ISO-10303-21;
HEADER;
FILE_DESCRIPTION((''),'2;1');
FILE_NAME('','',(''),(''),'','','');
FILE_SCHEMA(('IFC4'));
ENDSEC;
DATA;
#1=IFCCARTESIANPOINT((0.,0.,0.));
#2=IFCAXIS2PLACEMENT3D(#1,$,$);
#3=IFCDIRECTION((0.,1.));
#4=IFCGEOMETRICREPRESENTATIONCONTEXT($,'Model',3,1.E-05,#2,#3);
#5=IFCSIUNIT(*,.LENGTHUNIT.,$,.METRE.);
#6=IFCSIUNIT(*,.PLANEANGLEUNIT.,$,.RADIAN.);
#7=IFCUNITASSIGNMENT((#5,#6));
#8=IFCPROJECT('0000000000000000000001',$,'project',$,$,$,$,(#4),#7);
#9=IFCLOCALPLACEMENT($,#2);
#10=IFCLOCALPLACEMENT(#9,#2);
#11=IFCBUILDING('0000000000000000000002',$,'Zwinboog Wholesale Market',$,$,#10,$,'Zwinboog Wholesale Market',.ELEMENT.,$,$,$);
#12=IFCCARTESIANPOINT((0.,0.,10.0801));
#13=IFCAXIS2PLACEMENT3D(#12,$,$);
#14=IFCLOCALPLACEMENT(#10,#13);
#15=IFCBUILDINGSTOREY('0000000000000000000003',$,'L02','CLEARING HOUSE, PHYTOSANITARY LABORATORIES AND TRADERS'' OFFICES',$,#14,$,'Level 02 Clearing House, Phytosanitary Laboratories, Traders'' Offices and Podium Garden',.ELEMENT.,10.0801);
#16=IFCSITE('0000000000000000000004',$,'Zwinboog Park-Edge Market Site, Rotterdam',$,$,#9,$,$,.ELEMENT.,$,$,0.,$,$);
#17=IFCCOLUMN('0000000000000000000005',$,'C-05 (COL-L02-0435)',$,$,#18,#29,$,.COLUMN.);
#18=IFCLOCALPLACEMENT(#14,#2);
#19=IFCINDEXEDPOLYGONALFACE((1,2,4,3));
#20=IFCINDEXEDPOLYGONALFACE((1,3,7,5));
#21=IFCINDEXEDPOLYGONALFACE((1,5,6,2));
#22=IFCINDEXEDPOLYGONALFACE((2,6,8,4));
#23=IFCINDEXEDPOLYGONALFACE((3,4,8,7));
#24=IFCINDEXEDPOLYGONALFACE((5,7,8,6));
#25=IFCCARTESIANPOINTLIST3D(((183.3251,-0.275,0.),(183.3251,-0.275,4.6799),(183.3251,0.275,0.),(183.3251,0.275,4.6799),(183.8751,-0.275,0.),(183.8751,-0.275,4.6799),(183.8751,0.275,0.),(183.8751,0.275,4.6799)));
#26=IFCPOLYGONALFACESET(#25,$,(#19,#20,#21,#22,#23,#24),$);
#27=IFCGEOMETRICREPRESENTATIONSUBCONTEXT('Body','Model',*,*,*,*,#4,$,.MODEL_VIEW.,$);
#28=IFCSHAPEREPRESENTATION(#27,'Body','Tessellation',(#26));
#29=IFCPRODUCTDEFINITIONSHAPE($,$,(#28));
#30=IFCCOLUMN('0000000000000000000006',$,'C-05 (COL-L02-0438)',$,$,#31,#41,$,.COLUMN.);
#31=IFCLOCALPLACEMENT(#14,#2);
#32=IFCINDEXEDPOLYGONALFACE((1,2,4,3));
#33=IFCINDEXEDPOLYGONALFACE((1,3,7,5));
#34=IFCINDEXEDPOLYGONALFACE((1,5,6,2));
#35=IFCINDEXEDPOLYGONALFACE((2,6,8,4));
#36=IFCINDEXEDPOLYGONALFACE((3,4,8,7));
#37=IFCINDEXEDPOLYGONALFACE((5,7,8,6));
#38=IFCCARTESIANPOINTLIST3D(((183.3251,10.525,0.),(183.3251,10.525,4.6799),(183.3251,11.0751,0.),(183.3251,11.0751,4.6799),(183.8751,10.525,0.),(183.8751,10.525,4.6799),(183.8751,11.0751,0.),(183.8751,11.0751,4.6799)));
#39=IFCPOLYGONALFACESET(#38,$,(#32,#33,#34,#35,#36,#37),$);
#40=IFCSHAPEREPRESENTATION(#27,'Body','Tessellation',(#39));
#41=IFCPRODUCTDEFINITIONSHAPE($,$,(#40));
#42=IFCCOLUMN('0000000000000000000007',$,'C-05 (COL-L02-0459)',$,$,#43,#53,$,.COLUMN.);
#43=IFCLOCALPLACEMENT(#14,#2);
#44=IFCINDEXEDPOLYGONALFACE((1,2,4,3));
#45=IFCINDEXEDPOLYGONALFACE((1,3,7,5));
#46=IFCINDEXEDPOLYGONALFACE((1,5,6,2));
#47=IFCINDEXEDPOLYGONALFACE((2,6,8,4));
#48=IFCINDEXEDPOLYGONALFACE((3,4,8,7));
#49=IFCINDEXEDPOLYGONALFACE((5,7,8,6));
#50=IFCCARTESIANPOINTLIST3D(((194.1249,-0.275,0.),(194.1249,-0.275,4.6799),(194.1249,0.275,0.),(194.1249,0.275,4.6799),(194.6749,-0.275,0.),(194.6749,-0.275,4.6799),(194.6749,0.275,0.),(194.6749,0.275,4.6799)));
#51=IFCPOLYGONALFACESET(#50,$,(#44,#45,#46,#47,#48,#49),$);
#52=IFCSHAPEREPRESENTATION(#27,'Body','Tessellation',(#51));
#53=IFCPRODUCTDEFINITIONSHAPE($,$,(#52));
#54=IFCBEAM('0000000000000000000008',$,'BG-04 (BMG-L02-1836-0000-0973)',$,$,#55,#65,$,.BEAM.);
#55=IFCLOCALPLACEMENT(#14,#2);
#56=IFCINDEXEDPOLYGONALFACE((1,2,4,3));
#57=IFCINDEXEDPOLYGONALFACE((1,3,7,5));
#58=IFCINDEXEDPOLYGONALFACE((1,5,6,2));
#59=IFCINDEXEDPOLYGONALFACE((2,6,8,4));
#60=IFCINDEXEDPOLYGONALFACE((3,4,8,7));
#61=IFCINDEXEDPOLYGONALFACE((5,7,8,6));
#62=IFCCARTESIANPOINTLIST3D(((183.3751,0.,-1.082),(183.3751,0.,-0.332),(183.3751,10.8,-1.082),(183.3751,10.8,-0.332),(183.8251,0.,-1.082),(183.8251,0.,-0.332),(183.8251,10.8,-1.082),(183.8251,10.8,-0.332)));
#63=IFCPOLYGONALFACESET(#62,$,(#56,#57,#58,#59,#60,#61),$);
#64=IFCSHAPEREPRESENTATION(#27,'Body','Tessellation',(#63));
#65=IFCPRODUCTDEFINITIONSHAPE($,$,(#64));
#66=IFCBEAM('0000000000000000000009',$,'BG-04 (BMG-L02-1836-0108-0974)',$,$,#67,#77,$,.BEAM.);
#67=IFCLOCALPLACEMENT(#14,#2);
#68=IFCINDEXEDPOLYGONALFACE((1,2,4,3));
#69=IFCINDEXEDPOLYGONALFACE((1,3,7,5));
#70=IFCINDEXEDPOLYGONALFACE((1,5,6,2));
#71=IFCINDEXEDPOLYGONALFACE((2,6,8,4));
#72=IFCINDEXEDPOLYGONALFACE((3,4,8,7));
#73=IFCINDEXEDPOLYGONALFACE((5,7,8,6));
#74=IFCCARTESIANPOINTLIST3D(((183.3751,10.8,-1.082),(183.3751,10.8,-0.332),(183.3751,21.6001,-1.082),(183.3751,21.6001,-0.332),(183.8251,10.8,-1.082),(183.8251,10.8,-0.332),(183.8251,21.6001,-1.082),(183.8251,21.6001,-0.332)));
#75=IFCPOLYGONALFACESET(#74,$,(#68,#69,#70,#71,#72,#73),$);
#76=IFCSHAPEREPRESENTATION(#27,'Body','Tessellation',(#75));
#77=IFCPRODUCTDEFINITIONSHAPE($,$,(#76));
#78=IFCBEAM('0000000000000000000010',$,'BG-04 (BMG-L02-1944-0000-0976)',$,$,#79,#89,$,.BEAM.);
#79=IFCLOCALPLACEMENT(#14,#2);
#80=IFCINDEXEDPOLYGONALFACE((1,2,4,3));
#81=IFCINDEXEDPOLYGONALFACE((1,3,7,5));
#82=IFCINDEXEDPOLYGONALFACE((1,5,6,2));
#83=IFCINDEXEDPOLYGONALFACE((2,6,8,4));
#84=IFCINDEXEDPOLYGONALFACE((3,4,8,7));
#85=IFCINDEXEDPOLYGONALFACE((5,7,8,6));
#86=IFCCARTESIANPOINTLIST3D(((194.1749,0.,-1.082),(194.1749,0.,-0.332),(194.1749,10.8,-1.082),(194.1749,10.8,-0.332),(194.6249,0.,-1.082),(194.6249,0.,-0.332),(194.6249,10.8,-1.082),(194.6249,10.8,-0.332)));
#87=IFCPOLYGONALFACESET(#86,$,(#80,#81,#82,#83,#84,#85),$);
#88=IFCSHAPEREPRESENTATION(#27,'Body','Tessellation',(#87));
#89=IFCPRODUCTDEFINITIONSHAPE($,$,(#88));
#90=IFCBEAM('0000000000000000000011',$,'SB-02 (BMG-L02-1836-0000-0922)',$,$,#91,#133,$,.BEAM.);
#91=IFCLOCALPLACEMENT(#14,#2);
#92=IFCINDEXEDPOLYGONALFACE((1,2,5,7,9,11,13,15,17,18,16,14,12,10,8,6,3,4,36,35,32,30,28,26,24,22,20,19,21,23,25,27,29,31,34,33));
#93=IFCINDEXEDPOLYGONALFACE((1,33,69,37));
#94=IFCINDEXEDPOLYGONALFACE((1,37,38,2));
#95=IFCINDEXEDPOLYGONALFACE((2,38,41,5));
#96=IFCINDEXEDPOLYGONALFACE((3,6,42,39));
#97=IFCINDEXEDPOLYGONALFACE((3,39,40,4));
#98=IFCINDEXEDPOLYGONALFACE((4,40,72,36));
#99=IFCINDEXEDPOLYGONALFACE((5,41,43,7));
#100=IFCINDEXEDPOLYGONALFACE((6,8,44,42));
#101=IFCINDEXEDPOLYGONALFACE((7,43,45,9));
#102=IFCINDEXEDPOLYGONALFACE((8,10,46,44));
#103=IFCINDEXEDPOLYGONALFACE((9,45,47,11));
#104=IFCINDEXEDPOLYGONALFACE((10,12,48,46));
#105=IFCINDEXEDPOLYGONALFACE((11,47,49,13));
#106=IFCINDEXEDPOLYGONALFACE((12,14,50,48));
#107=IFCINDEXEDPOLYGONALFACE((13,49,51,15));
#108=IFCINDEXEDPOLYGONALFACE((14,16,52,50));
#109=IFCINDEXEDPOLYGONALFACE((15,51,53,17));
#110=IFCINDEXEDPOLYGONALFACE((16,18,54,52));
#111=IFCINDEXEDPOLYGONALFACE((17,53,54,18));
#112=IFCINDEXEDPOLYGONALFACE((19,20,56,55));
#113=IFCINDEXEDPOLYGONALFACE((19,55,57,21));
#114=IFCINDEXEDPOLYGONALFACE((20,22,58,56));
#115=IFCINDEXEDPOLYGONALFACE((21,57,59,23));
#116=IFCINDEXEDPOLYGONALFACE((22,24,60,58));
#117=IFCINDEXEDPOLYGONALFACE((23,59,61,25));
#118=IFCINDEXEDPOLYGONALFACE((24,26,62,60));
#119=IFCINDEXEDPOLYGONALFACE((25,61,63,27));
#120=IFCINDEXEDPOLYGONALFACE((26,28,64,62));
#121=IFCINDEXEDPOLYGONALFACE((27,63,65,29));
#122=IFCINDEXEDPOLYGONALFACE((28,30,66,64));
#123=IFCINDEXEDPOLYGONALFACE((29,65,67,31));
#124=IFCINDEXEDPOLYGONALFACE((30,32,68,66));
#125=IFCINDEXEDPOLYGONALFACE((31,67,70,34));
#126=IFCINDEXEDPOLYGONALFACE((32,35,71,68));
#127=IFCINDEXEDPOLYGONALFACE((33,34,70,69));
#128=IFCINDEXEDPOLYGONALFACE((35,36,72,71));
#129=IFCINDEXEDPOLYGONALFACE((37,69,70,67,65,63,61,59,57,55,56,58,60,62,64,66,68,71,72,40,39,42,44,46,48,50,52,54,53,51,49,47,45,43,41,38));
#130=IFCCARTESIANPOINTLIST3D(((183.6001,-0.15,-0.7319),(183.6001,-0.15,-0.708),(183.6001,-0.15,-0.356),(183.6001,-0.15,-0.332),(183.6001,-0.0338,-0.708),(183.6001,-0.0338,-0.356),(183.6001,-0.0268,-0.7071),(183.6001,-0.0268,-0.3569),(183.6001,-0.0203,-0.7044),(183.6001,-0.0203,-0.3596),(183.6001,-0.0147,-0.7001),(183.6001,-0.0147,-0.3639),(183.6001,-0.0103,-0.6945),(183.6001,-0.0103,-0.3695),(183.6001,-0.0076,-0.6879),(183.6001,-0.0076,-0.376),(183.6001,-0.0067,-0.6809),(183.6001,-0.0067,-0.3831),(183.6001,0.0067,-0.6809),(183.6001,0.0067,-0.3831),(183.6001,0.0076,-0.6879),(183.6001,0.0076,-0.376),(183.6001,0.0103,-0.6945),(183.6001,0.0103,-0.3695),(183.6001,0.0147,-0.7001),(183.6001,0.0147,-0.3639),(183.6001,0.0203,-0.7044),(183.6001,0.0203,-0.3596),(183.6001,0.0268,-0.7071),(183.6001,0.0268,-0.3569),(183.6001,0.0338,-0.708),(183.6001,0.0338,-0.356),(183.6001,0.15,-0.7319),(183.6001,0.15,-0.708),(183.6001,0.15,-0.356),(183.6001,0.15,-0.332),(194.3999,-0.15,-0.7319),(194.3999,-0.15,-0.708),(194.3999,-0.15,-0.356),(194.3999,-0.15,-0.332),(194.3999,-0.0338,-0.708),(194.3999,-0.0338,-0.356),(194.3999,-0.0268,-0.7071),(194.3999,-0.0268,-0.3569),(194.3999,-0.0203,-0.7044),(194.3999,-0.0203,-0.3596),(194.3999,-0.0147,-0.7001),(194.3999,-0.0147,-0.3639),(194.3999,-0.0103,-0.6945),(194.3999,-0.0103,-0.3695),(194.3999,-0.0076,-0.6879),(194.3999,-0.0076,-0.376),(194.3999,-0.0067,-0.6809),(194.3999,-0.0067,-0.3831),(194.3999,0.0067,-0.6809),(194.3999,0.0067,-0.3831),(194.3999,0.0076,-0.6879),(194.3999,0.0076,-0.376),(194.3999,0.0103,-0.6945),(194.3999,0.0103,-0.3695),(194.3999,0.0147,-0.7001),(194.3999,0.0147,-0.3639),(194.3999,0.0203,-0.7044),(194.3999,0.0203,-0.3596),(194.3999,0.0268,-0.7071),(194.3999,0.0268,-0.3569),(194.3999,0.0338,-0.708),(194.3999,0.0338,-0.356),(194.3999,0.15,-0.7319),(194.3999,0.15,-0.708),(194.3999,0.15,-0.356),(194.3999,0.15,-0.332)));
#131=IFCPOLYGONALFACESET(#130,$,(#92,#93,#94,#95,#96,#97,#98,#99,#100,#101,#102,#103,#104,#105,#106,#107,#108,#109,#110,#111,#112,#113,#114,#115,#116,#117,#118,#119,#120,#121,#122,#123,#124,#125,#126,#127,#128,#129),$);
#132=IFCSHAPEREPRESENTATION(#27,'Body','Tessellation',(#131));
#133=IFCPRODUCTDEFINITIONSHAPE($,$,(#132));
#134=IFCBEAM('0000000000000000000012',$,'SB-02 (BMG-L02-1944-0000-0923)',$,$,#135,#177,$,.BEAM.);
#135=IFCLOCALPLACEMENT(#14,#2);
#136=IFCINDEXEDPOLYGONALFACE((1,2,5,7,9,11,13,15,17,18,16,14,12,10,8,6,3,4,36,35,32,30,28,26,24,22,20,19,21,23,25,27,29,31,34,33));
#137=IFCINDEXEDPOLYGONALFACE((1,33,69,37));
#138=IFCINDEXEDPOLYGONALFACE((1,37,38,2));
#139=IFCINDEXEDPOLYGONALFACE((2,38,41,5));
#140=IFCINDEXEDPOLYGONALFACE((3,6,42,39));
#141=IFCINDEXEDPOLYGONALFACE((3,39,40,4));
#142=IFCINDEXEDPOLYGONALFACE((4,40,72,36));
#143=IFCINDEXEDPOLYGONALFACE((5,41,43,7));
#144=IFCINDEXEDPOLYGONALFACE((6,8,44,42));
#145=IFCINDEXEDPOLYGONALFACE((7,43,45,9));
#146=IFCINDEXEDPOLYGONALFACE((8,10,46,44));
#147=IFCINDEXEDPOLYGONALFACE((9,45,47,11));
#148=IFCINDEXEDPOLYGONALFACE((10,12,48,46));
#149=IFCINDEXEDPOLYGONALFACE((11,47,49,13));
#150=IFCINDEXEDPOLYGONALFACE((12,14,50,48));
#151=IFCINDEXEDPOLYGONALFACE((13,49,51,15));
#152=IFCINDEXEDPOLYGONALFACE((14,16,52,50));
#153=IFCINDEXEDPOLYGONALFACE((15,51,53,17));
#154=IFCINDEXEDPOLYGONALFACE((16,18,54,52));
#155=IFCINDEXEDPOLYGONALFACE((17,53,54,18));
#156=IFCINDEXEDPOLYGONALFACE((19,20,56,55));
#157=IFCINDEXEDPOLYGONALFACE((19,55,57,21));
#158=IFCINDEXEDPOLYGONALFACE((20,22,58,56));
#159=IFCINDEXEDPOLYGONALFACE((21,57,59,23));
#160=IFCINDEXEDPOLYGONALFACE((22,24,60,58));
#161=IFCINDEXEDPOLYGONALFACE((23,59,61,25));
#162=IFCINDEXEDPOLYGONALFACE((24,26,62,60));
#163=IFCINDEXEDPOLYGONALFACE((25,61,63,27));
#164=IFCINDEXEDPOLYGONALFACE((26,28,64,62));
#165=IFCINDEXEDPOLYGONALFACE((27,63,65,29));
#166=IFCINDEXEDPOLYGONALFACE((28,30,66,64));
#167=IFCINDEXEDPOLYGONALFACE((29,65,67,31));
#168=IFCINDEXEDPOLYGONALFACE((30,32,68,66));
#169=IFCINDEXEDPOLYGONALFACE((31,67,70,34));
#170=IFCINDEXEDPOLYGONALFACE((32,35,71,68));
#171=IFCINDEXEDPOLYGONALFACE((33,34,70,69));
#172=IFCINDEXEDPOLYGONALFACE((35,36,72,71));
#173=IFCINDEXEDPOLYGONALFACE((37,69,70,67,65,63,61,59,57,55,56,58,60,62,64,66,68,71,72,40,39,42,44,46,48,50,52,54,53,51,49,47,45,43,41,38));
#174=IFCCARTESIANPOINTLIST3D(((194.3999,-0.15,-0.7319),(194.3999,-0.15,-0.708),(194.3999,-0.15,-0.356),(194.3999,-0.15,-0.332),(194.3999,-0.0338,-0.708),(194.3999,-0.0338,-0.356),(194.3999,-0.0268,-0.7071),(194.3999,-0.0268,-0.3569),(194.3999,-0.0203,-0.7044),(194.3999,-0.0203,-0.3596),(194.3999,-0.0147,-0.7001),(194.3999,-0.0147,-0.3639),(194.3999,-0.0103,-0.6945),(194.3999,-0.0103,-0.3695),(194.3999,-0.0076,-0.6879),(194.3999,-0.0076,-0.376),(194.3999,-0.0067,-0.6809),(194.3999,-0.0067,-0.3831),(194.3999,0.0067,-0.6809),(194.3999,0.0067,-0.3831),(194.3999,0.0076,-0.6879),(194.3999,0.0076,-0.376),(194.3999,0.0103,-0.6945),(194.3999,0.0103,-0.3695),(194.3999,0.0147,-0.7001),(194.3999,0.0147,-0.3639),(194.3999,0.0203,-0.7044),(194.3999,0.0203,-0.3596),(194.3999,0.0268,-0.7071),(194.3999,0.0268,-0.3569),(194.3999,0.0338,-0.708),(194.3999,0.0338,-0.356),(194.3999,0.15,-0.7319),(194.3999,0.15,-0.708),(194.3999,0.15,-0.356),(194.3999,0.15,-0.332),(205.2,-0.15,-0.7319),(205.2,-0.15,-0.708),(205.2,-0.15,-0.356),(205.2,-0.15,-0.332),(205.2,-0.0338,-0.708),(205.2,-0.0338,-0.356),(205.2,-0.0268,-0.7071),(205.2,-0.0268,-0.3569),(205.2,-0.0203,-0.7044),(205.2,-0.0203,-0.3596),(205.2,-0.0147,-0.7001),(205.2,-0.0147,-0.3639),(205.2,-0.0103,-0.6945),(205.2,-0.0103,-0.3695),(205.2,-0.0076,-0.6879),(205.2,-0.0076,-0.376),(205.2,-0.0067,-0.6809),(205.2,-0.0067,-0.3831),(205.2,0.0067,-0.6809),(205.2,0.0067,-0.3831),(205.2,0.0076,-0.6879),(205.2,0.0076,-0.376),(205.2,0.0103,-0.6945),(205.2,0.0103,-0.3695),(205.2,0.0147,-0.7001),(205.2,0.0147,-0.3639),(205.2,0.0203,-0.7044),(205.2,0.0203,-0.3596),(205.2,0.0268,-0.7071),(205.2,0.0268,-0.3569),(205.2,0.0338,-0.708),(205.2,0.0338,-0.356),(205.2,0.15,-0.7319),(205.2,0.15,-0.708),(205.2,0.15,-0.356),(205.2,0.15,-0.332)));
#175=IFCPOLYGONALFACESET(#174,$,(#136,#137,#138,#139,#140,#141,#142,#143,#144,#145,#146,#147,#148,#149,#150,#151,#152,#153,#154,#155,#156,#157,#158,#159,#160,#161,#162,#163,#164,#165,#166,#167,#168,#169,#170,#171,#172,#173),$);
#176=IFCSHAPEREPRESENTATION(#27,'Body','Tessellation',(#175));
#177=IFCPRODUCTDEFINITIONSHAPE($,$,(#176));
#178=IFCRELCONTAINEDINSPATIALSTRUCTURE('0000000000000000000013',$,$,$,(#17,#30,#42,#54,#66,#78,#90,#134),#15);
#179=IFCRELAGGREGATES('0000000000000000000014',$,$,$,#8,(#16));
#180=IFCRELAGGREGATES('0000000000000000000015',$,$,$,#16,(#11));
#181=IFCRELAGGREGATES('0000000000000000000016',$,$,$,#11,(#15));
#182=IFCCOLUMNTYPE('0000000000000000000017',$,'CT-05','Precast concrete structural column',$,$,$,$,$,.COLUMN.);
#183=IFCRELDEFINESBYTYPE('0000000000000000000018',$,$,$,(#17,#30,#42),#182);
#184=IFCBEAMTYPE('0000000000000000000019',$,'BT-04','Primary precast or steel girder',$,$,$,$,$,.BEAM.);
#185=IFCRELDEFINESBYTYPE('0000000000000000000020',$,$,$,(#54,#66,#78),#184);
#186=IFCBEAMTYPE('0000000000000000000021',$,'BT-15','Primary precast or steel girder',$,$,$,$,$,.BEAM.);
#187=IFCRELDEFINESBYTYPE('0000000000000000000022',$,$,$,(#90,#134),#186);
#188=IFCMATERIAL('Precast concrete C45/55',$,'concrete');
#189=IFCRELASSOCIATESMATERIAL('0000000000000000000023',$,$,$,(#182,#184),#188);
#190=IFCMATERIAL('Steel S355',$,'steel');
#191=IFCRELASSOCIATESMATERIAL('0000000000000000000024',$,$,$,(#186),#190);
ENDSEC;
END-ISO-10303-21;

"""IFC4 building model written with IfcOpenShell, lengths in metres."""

from ifc_helpers import new_model, si_unit, direction, frame, origin, origin_2d, place, context, subcontext, project, spatial, rectangle, i_section, extrude, material, material_profile, profile_set, type_object, element, save


model = new_model("IFC4")

# Units and contexts
model_context = context("Model", 3, precision=1e-05, world=origin(), true_north=direction((0.0, 1.0)))
body_context = subcontext(model_context, "Body", "Model", "MODEL_VIEW")
ifc_project = project(units=[si_unit("LENGTHUNIT", "METRE"), si_unit("PLANEANGLEUNIT", "RADIAN")], contexts=[model_context])

# Site, building, storey
site_placement = place(None, origin())
site = spatial("IfcSite", under=ifc_project, at=site_placement, Name="Zwinboog Park-Edge Market Site, Rotterdam", CompositionType="ELEMENT", RefElevation=0.0)
building_placement = place(site_placement, origin())
building = spatial("IfcBuilding", under=site, at=building_placement, Name="Zwinboog Wholesale Market", LongName="Zwinboog Wholesale Market", CompositionType="ELEMENT")
storey_placement = place(building_placement, frame((0.0, 0.0, 10.0801)))
storey = spatial("IfcBuildingStorey", under=building, at=storey_placement, Name="L02", Description="CLEARING HOUSE, PHYTOSANITARY LABORATORIES AND TRADERS' OFFICES", LongName="Level 02 Clearing House, Phytosanitary Laboratories, Traders' Offices and Podium Garden", CompositionType="ELEMENT", Elevation=10.0801)

# Columns
ifc_material_1 = material(Name="Precast concrete C45/55", Category="concrete")
ifc_material_profile_1 = material_profile(ifc_material_1, rectangle(XDim=0.55, YDim=0.55, at=origin_2d()), Name="PC 550x550")
ifc_profile_set_1 = profile_set([ifc_material_profile_1], Name="Precast concrete C45/55")
column_type = type_object("IfcColumnType", Name="CT-05", Description="Precast concrete structural column", PredefinedType="COLUMN", material=ifc_profile_set_1)
for number, where, z_axis, x_axis, name in (
    (1, (183.6001, 0.0, 0.0), (0.0, 0.0, 1.0), (1.0, 0.0, 0.0), "C-05 (COL-L02-0435)"),
    (2, (183.6001, 10.8, 0.0), (0.0, 0.0, 1.0), (1.0, 0.0, 0.0), "C-05 (COL-L02-0438)"),
    (3, (194.3999, 0.0, 0.0), (0.0, 0.0, 1.0), (1.0, 0.0, 0.0), "C-05 (COL-L02-0459)"),
):
    element("IfcColumn", number, at=place(storey_placement, frame(where, z_axis=z_axis, x_axis=x_axis)), inside=storey, type_object=column_type, Name=name, PredefinedType="COLUMN", context=body_context, shape_type="SweptSolid", body=[
        extrude(rectangle(XDim=0.55, YDim=0.55, at=origin_2d()), origin(), (0.0, 0.0, 1.0), 4.6799),
    ])

# Beams
ifc_material_profile_2 = material_profile(ifc_material_1, rectangle(XDim=0.45, YDim=0.75, at=origin_2d()), Name="PC 450x750")
ifc_profile_set_2 = profile_set([ifc_material_profile_2], Name="Precast concrete C45/55")
beam_type_1 = type_object("IfcBeamType", Name="BT-04", Description="Primary precast or steel girder", PredefinedType="BEAM", material=ifc_profile_set_2)
for number, where, z_axis, x_axis, name in (
    (4, (183.6001, 0.0, -0.707), (0.0, 1.0, 0.0), (-1.0, 0.0, 0.0), "BG-04 (BMG-L02-1836-0000-0973)"),
    (5, (183.6001, 10.8, -0.707), (0.0, 1.0, 0.0), (-1.0, 0.0, 0.0), "BG-04 (BMG-L02-1836-0108-0974)"),
    (6, (194.3999, 0.0, -0.707), (0.0, 1.0, 0.0), (-1.0, 0.0, 0.0), "BG-04 (BMG-L02-1944-0000-0976)"),
):
    element("IfcBeam", number, at=place(storey_placement, frame(where, z_axis=z_axis, x_axis=x_axis)), inside=storey, type_object=beam_type_1, Name=name, PredefinedType="BEAM", context=body_context, shape_type="SweptSolid", body=[
        extrude(rectangle(XDim=0.45, YDim=0.75, at=origin_2d()), origin(), (0.0, 0.0, 1.0), 10.8),
    ])
ifc_material_2 = material(Name="Steel S355", Category="steel")
ifc_material_profile_3 = material_profile(ifc_material_2, i_section(OverallWidth=0.3, OverallDepth=0.3999, WebThickness=0.0134, FlangeThickness=0.0239, FilletRadius=0.0271, at=origin_2d()), Name="HEB 400")
ifc_profile_set_3 = profile_set([ifc_material_profile_3], Name="Steel S355")
beam_type_2 = type_object("IfcBeamType", Name="BT-15", Description="Primary precast or steel girder", PredefinedType="BEAM", material=ifc_profile_set_3)
beam_1_placement = place(storey_placement, frame((183.6001, 0.0, -0.532), z_axis=(1.0, 0.0, 0.0), x_axis=(0.0, 1.0, 0.0)))
element("IfcBeam", 7, at=beam_1_placement, inside=storey, type_object=beam_type_2, Name="SB-02 (BMG-L02-1836-0000-0922)", PredefinedType="BEAM", context=body_context, shape_type="SweptSolid", body=[
    extrude(i_section(OverallWidth=0.3, OverallDepth=0.3999, WebThickness=0.0134, FlangeThickness=0.0239, FilletRadius=0.0271, at=origin_2d()), origin(), (0.0, 0.0, 1.0), 10.7998),
])
beam_2_placement = place(storey_placement, frame((194.3999, 0.0, -0.532), z_axis=(1.0, 0.0, 0.0), x_axis=(0.0, 1.0, 0.0)))
element("IfcBeam", 8, at=beam_2_placement, inside=storey, type_object=beam_type_2, Name="SB-02 (BMG-L02-1944-0000-0923)", PredefinedType="BEAM", context=body_context, shape_type="SweptSolid", body=[
    extrude(i_section(OverallWidth=0.3, OverallDepth=0.3999, WebThickness=0.0134, FlangeThickness=0.0239, FilletRadius=0.0271, at=origin_2d()), origin(), (0.0, 0.0, 1.0), 10.8),
])

save(model, "model.ifc")
